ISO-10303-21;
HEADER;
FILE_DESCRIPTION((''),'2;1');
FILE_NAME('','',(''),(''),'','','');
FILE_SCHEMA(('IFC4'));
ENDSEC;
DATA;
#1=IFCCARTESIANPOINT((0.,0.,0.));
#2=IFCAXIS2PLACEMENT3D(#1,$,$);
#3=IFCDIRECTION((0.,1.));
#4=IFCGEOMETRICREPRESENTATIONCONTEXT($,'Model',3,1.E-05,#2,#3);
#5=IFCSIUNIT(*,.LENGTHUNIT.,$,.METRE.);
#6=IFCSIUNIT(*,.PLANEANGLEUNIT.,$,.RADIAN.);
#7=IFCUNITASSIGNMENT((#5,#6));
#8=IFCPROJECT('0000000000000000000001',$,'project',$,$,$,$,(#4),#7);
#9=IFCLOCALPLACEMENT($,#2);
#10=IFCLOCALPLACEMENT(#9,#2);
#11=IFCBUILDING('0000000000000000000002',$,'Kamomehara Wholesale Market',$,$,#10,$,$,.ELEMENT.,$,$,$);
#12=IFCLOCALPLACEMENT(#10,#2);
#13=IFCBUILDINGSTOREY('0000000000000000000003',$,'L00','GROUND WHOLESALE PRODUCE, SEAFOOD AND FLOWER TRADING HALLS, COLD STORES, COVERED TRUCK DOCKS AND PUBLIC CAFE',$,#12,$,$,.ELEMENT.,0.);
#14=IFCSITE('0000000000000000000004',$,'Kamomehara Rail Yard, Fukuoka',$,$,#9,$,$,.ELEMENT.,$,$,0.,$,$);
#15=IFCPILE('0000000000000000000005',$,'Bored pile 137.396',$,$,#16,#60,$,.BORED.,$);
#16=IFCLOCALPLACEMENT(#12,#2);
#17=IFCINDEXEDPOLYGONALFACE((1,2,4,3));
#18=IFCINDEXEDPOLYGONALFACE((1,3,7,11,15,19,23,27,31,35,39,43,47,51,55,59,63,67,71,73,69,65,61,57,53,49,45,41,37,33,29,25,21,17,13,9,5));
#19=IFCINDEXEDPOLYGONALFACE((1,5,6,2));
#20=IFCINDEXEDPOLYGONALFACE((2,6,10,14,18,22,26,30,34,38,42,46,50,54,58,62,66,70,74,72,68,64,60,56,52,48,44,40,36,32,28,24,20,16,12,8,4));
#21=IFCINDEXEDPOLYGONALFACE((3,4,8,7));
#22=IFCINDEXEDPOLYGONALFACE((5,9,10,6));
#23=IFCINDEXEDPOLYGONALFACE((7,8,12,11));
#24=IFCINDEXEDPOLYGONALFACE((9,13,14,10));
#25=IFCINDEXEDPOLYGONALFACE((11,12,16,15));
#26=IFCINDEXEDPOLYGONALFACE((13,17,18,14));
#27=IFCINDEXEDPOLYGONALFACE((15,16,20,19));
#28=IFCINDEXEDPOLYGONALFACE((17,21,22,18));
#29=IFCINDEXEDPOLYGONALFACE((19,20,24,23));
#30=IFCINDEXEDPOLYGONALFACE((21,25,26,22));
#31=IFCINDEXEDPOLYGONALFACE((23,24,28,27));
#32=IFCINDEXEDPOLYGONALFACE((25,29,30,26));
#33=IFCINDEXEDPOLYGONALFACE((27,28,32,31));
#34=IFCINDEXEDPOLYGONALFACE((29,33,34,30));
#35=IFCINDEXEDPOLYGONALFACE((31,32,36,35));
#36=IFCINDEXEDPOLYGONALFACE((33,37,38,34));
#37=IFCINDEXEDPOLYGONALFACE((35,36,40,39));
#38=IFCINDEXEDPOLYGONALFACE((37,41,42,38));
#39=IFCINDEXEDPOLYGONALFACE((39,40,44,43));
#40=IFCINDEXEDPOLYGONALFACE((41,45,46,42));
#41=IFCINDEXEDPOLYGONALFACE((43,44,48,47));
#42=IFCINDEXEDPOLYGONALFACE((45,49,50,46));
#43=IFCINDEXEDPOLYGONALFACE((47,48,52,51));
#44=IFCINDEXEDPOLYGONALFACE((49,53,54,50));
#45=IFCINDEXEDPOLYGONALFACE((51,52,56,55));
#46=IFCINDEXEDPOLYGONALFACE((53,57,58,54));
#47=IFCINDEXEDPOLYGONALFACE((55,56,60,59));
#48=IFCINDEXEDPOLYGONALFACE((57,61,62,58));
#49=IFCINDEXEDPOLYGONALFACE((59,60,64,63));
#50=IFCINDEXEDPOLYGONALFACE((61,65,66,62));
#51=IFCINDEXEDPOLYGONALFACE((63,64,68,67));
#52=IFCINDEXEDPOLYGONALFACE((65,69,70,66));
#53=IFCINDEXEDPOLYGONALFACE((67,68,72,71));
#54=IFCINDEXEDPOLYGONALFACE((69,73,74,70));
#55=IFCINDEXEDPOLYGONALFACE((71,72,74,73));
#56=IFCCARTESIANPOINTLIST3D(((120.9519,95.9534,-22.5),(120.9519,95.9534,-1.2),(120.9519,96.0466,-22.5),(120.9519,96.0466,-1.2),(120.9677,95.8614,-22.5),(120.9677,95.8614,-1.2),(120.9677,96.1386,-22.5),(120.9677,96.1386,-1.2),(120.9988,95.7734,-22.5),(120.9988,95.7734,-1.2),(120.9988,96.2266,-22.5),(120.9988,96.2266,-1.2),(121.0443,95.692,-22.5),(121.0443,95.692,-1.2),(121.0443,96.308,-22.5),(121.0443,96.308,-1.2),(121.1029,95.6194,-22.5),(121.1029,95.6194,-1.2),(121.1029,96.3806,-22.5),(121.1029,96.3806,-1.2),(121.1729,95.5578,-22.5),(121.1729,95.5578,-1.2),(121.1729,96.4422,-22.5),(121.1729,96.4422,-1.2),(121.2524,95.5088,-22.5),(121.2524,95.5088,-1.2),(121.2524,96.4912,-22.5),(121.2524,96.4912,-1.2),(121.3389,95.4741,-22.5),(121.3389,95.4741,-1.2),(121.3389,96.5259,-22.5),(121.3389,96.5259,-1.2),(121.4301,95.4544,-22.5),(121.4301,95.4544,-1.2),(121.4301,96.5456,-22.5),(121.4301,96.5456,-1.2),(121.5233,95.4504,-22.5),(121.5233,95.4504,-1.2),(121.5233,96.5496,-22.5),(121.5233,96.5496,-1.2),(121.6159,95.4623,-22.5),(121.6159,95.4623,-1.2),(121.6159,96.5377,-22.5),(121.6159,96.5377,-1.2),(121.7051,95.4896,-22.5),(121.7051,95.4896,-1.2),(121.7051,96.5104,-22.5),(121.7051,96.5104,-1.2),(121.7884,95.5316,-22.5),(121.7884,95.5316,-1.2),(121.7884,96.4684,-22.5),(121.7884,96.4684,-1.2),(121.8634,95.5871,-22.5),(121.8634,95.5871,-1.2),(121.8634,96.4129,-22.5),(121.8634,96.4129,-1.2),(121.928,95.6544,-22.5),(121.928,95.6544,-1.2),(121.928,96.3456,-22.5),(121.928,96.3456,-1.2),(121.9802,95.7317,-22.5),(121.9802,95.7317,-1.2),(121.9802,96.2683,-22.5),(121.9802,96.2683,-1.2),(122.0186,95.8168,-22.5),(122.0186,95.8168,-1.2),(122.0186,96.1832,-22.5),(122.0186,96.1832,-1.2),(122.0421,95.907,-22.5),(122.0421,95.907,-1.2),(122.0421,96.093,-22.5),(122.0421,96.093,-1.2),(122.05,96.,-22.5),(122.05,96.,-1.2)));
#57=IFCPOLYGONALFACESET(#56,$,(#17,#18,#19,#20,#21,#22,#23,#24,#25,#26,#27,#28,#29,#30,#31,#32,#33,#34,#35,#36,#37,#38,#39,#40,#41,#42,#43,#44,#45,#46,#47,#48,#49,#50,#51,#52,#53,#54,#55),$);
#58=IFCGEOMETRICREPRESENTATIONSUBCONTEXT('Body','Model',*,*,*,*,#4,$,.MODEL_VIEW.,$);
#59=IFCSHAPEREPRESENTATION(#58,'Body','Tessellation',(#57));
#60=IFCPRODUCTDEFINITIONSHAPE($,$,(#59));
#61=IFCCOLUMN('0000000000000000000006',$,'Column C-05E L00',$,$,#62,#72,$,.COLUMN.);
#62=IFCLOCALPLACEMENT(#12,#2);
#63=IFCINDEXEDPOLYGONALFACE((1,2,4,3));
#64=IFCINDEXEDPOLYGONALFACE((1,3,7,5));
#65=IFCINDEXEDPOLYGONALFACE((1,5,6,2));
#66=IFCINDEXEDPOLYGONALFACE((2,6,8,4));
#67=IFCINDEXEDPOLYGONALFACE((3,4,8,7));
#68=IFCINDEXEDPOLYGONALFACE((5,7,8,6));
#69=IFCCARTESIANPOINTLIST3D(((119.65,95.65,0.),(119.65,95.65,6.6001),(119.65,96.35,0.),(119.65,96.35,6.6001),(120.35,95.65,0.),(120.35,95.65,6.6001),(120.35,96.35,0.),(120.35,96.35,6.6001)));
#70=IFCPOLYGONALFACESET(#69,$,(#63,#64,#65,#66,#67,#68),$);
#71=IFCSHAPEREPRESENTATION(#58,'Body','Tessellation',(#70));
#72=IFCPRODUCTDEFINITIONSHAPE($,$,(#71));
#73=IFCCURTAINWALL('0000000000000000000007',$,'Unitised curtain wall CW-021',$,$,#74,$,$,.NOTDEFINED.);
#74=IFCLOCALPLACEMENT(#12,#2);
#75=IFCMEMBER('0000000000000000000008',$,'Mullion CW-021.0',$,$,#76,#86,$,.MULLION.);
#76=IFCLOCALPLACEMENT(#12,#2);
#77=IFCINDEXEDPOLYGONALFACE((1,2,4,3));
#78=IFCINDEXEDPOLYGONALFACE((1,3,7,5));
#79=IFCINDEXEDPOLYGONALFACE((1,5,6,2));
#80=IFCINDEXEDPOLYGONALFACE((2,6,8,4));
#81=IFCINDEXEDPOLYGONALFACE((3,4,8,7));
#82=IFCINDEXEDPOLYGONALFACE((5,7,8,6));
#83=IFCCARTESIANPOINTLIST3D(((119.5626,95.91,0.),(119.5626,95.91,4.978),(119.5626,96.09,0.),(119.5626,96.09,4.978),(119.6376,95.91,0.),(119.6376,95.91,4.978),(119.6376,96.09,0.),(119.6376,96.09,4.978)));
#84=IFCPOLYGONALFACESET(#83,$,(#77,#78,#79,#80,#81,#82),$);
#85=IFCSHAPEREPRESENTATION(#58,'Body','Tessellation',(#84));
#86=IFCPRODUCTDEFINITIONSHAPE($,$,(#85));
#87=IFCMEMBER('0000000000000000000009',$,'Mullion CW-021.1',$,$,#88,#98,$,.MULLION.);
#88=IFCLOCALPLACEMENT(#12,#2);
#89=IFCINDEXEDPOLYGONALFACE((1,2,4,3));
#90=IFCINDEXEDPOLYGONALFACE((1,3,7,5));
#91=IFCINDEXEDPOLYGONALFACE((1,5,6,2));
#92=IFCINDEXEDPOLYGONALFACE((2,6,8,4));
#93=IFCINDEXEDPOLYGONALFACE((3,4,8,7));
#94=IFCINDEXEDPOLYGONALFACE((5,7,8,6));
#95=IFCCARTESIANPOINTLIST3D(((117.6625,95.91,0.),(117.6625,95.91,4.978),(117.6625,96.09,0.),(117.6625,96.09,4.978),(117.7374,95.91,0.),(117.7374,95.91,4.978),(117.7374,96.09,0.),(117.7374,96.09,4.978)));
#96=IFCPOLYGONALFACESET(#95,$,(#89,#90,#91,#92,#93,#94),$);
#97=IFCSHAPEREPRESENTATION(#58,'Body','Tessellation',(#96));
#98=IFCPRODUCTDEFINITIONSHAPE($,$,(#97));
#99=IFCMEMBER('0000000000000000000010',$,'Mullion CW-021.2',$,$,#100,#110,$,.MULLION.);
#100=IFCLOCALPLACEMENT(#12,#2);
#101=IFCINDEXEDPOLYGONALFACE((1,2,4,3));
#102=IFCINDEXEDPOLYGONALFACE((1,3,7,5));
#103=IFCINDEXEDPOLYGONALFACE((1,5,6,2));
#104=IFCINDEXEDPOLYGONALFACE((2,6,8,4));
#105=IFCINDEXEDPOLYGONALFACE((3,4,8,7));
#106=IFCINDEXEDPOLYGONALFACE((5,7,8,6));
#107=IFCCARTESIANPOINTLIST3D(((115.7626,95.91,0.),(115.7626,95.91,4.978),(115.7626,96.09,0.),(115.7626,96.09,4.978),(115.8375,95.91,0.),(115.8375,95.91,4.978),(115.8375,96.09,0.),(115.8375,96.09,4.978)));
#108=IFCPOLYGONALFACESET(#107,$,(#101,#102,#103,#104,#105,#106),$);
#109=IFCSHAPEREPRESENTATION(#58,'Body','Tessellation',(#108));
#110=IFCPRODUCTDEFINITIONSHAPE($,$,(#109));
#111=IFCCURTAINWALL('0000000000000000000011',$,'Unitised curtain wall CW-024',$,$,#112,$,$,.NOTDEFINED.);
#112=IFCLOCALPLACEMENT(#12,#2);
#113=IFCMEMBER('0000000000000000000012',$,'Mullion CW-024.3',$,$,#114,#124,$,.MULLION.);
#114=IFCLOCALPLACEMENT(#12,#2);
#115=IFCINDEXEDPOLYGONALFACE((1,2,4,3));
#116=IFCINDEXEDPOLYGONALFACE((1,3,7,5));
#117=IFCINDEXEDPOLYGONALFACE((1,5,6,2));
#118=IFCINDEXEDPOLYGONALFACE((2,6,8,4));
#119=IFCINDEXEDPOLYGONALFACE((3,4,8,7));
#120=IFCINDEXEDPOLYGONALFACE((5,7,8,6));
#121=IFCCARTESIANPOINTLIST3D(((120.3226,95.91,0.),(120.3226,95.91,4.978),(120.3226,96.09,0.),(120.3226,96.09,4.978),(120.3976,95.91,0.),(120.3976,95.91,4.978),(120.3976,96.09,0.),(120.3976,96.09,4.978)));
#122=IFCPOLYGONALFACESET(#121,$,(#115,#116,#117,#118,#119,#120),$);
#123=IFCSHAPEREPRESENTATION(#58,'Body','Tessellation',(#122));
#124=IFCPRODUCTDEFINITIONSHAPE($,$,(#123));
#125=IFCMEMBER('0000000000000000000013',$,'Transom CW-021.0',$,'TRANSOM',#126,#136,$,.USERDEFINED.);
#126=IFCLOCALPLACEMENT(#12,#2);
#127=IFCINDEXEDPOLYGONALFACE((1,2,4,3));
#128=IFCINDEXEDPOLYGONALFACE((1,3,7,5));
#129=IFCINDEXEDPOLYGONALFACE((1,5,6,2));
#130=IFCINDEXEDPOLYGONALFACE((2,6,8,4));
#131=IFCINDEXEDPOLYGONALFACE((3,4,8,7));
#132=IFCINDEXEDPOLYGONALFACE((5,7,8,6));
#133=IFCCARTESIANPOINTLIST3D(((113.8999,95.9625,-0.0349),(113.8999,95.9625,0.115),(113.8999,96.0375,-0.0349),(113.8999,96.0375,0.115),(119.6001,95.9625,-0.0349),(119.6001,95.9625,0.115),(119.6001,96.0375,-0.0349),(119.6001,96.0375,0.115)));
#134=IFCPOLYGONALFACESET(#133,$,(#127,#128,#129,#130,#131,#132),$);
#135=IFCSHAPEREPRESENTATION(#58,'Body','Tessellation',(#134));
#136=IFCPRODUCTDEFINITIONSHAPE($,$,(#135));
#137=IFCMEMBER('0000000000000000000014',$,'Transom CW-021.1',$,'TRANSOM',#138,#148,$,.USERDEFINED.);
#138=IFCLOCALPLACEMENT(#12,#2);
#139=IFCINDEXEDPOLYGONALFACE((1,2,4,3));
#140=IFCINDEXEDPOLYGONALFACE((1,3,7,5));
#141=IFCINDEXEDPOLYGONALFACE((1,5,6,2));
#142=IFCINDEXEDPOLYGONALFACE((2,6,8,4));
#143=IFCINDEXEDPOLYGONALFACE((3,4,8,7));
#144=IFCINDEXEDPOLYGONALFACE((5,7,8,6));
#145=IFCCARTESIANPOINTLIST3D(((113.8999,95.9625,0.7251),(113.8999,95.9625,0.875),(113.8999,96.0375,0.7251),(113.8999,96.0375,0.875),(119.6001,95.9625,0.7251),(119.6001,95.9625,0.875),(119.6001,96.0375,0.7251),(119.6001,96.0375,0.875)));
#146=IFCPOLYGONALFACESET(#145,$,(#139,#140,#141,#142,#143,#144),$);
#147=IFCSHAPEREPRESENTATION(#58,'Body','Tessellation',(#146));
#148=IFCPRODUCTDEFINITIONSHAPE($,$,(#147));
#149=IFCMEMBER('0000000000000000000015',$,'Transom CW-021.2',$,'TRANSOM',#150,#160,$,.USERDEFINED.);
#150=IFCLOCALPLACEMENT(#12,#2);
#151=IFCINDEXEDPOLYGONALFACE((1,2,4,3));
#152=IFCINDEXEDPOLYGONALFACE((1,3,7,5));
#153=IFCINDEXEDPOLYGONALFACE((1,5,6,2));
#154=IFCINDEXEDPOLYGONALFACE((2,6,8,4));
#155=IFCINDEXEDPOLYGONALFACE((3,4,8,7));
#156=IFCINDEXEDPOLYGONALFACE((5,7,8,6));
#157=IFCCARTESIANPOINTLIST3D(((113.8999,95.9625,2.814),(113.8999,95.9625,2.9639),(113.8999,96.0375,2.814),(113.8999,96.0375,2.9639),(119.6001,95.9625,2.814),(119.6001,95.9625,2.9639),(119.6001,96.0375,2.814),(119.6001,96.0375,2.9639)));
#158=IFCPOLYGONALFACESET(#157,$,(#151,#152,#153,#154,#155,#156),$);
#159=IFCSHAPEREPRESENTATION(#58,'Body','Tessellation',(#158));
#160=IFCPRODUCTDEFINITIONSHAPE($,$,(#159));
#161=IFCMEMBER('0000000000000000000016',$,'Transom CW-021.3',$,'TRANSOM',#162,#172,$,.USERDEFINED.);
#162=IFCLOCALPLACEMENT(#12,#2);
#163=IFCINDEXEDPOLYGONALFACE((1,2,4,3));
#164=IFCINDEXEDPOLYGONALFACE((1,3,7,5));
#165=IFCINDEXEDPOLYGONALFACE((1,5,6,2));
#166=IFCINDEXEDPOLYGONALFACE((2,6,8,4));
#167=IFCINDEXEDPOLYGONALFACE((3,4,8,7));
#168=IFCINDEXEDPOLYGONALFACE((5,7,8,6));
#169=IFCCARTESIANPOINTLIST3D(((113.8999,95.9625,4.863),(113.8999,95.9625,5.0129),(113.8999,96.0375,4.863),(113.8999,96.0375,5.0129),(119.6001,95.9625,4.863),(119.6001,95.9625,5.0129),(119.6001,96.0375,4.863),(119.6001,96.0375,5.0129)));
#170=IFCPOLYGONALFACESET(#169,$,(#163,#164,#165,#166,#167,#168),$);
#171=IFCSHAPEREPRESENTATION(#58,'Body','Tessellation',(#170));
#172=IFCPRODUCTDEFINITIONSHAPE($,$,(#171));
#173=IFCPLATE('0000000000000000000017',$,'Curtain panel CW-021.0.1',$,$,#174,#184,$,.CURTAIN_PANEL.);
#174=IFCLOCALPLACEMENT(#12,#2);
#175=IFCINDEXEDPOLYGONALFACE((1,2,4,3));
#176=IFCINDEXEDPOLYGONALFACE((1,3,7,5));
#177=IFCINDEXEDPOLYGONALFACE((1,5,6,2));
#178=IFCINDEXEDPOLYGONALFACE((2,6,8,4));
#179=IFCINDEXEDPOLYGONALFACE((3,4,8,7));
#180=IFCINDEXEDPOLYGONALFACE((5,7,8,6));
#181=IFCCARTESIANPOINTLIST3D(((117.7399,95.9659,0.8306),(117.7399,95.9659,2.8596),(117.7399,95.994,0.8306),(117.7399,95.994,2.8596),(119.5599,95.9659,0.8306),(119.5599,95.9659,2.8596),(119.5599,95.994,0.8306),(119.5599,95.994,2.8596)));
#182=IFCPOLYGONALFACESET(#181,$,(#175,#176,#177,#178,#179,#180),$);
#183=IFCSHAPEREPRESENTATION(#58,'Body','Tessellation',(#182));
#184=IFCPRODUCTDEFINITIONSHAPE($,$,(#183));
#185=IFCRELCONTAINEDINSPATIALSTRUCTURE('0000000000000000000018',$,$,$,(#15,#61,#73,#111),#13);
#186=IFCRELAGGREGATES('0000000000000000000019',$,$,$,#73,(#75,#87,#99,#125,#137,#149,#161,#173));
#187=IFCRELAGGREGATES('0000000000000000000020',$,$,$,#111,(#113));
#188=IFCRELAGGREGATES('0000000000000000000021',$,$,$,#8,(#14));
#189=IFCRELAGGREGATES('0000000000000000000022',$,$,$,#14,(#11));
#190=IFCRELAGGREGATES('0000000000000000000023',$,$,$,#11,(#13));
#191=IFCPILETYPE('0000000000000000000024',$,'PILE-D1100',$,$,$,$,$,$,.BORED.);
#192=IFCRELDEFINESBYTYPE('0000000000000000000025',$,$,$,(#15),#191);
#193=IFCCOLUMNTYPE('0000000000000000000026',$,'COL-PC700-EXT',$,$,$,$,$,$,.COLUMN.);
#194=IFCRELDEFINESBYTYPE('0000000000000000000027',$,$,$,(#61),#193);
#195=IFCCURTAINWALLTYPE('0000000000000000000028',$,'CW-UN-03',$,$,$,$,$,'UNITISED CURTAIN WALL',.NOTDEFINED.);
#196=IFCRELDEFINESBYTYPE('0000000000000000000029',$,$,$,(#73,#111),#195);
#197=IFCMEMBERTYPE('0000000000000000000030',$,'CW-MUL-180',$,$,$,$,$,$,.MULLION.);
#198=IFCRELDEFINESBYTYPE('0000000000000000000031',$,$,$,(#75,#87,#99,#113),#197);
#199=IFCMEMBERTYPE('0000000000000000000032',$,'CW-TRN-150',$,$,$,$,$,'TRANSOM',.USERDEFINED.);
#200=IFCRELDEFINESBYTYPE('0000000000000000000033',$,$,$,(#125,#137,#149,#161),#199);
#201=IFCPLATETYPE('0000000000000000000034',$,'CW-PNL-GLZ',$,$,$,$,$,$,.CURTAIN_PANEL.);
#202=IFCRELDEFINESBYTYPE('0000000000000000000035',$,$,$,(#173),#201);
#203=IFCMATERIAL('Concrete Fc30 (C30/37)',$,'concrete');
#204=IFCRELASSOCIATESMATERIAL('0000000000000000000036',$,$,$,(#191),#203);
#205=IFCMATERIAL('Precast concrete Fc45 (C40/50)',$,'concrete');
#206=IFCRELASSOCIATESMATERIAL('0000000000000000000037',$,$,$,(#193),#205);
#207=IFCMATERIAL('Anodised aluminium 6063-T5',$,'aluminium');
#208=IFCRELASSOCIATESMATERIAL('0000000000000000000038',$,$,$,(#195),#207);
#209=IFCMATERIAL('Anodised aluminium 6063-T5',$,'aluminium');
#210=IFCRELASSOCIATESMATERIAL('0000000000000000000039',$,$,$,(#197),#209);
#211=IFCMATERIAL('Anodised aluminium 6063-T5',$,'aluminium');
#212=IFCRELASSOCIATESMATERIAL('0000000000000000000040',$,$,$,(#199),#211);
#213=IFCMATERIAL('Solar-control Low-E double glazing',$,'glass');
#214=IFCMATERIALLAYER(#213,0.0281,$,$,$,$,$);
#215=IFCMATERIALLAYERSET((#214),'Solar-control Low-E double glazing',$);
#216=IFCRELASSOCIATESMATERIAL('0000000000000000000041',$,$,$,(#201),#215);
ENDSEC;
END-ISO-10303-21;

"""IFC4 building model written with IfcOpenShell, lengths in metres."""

from ifc_helpers import new_model, si_unit, direction, frame, origin, origin_2d, place, context, subcontext, project, spatial, rectangle, circle, extrude, material, layer, layer_set, material_profile, profile_set, type_object, element, aggregate, save


model = new_model("IFC4")

# Units and contexts
model_context = context("Model", 3, precision=1e-05, world=origin(), true_north=direction((0.0, 1.0)))
body_context = subcontext(model_context, "Body", "Model", "MODEL_VIEW")
ifc_project = project(units=[si_unit("LENGTHUNIT", "METRE"), si_unit("PLANEANGLEUNIT", "RADIAN")], contexts=[model_context])

# Site, building, storey
site_placement = place(None, origin())
site = spatial("IfcSite", under=ifc_project, at=site_placement, Name="Kamomehara Rail Yard, Fukuoka", CompositionType="ELEMENT", RefElevation=0.0)
building_placement = place(site_placement, origin())
building = spatial("IfcBuilding", under=site, at=building_placement, Name="Kamomehara Wholesale Market", CompositionType="ELEMENT")
storey_placement = place(building_placement, origin())
storey = spatial("IfcBuildingStorey", under=building, at=storey_placement, Name="L00", Description="GROUND WHOLESALE PRODUCE, SEAFOOD AND FLOWER TRADING HALLS, COLD STORES, COVERED TRUCK DOCKS AND PUBLIC CAFE", CompositionType="ELEMENT", Elevation=0.0)

# Pile
ifc_material_1 = material(Name="Concrete Fc30 (C30/37)", Category="concrete")
ifc_material_profile_1 = material_profile(ifc_material_1, circle(Radius=0.55, at=origin_2d()), Name="RC-PILE-D1100")
ifc_profile_set_1 = profile_set([ifc_material_profile_1], Name="Concrete Fc30 (C30/37)")
pile_type_1 = type_object("IfcPileType", Name="PILE-D1100", PredefinedType="BORED", material=ifc_profile_set_1)
for number, where, z_axis, x_axis, name in (
    (1, (121.5, 96.0, -1.2), (0.0, 0.0, -1.0), (1.0, 0.0, 0.0), "Bored pile 137.396"),
):
    element("IfcPile", number, at=place(storey_placement, frame(where, z_axis=z_axis, x_axis=x_axis)), inside=storey, type_object=pile_type_1, Name=name, PredefinedType="BORED", context=body_context, shape_type="SweptSolid", body=[
        extrude(circle(Radius=0.55, at=origin_2d()), origin(), (0.0, 0.0, 1.0), 21.3),
    ])

# Column
ifc_material_2 = material(Name="Precast concrete Fc45 (C40/50)", Category="concrete")
ifc_material_profile_2 = material_profile(ifc_material_2, rectangle(XDim=0.7, YDim=0.7, at=origin_2d()), Name="PC-COL-700x700")
ifc_profile_set_2 = profile_set([ifc_material_profile_2], Name="Precast concrete Fc45 (C40/50)")
column_type = type_object("IfcColumnType", Name="COL-PC700-EXT", PredefinedType="COLUMN", material=ifc_profile_set_2)
column_placement = place(storey_placement, frame((120.0, 96.0, 0.0), z_axis=(0.0, 0.0, 1.0), x_axis=(1.0, 0.0, 0.0)))
element("IfcColumn", 2, at=column_placement, inside=storey, type_object=column_type, Name="Column C-05E L00", PredefinedType="COLUMN", context=body_context, shape_type="SweptSolid", body=[
    extrude(rectangle(XDim=0.7, YDim=0.7, at=origin_2d()), origin(), (0.0, 0.0, 1.0), 6.6001),
])

# Curtain wall, members
ifc_material_3 = material(Name="Anodised aluminium 6063-T5", Category="aluminium")
curtain_wall_type = type_object("IfcCurtainWallType", Name="CW-UN-03", ElementType="UNITISED CURTAIN WALL", PredefinedType="NOTDEFINED", material=ifc_material_3)
curtain_wall_1_placement = place(storey_placement, origin())
curtain_wall_1 = element("IfcCurtainWall", 3, at=curtain_wall_1_placement, inside=storey, type_object=curtain_wall_type, Name="Unitised curtain wall CW-021", PredefinedType="NOTDEFINED")
ifc_material_4 = material(Name="Anodised aluminium 6063-T5", Category="aluminium")
ifc_material_profile_3 = material_profile(ifc_material_4, rectangle(XDim=0.075, YDim=0.1799, at=origin_2d()), Name="ALU-MUL-75x180")
ifc_profile_set_3 = profile_set([ifc_material_profile_3], Name="Anodised aluminium 6063-T5")
member_type_1 = type_object("IfcMemberType", Name="CW-MUL-180", PredefinedType="MULLION", material=ifc_profile_set_3)
member_1_placement = place(storey_placement, frame((119.6001, 96.0, 0.0), z_axis=(0.0, 0.0, 1.0), x_axis=(-1.0, 0.0, 0.0)))
member_1 = element("IfcMember", 4, at=member_1_placement, type_object=member_type_1, Name="Mullion CW-021.0", PredefinedType="MULLION", context=body_context, shape_type="SweptSolid", body=[
    extrude(rectangle(XDim=0.075, YDim=0.1799, at=origin_2d()), origin(), (0.0, 0.0, 1.0), 4.978),
])
member_2_placement = place(storey_placement, frame((117.7, 96.0, 0.0), z_axis=(0.0, 0.0, 1.0), x_axis=(-1.0, 0.0, 0.0)))
member_2 = element("IfcMember", 5, at=member_2_placement, type_object=member_type_1, Name="Mullion CW-021.1", PredefinedType="MULLION", context=body_context, shape_type="SweptSolid", body=[
    extrude(rectangle(XDim=0.075, YDim=0.1799, at=origin_2d()), origin(), (0.0, 0.0, 1.0), 4.978),
])
member_3_placement = place(storey_placement, frame((115.8, 96.0, 0.0), z_axis=(0.0, 0.0, 1.0), x_axis=(-1.0, 0.0, 0.0)))
member_3 = element("IfcMember", 6, at=member_3_placement, type_object=member_type_1, Name="Mullion CW-021.2", PredefinedType="MULLION", context=body_context, shape_type="SweptSolid", body=[
    extrude(rectangle(XDim=0.075, YDim=0.1799, at=origin_2d()), origin(), (0.0, 0.0, 1.0), 4.978),
])

# Curtain wall, member
curtain_wall_2_placement = place(storey_placement, origin())
curtain_wall_2 = element("IfcCurtainWall", 7, at=curtain_wall_2_placement, inside=storey, type_object=curtain_wall_type, Name="Unitised curtain wall CW-024", PredefinedType="NOTDEFINED")
member_4_placement = place(storey_placement, frame((120.3601, 96.0, 0.0), z_axis=(0.0, 0.0, 1.0), x_axis=(-1.0, 0.0, 0.0)))
member_4 = element("IfcMember", 8, at=member_4_placement, type_object=member_type_1, Name="Mullion CW-024.3", PredefinedType="MULLION", context=body_context, shape_type="SweptSolid", body=[
    extrude(rectangle(XDim=0.075, YDim=0.1799, at=origin_2d()), origin(), (0.0, 0.0, 1.0), 4.978),
])

# Members
ifc_material_5 = material(Name="Anodised aluminium 6063-T5", Category="aluminium")
ifc_material_profile_4 = material_profile(ifc_material_5, rectangle(XDim=0.075, YDim=0.1499, at=origin_2d()), Name="ALU-TRN-75x150")
ifc_profile_set_4 = profile_set([ifc_material_profile_4], Name="Anodised aluminium 6063-T5")
member_type_2 = type_object("IfcMemberType", Name="CW-TRN-150", ElementType="TRANSOM", PredefinedType="USERDEFINED", material=ifc_profile_set_4)
member_5_placement = place(storey_placement, frame((119.6001, 96.0, 0.04), z_axis=(-1.0, 0.0, 0.0), x_axis=(0.0, -1.0, 0.0)))
member_5 = element("IfcMember", 9, at=member_5_placement, type_object=member_type_2, Name="Transom CW-021.0", ObjectType="TRANSOM", PredefinedType="USERDEFINED", context=body_context, shape_type="SweptSolid", body=[
    extrude(rectangle(XDim=0.075, YDim=0.1499, at=origin_2d()), origin(), (0.0, 0.0, 1.0), 5.7002),
])
member_6_placement = place(storey_placement, frame((119.6001, 96.0, 0.8), z_axis=(-1.0, 0.0, 0.0), x_axis=(0.0, -1.0, 0.0)))
member_6 = element("IfcMember", 10, at=member_6_placement, type_object=member_type_2, Name="Transom CW-021.1", ObjectType="TRANSOM", PredefinedType="USERDEFINED", context=body_context, shape_type="SweptSolid", body=[
    extrude(rectangle(XDim=0.075, YDim=0.1499, at=origin_2d()), origin(), (0.0, 0.0, 1.0), 5.7002),
])
member_7_placement = place(storey_placement, frame((119.6001, 96.0, 2.8889), z_axis=(-1.0, 0.0, 0.0), x_axis=(0.0, -1.0, 0.0)))
member_7 = element("IfcMember", 11, at=member_7_placement, type_object=member_type_2, Name="Transom CW-021.2", ObjectType="TRANSOM", PredefinedType="USERDEFINED", context=body_context, shape_type="SweptSolid", body=[
    extrude(rectangle(XDim=0.075, YDim=0.1499, at=origin_2d()), origin(), (0.0, 0.0, 1.0), 5.7002),
])
member_8_placement = place(storey_placement, frame((119.6001, 96.0, 4.938), z_axis=(-1.0, 0.0, 0.0), x_axis=(0.0, -1.0, 0.0)))
member_8 = element("IfcMember", 12, at=member_8_placement, type_object=member_type_2, Name="Transom CW-021.3", ObjectType="TRANSOM", PredefinedType="USERDEFINED", context=body_context, shape_type="SweptSolid", body=[
    extrude(rectangle(XDim=0.075, YDim=0.1499, at=origin_2d()), origin(), (0.0, 0.0, 1.0), 5.7002),
])

# Plate
ifc_material_6 = material(Name="Solar-control Low-E double glazing", Category="glass")
ifc_layer_1 = layer(ifc_material_6, 0.0281)
ifc_layer_set_1 = layer_set([ifc_layer_1], Name="Solar-control Low-E double glazing")
plate_type_1 = type_object("IfcPlateType", Name="CW-PNL-GLZ", PredefinedType="CURTAIN_PANEL", material=ifc_layer_set_1)
plate_1_placement = place(storey_placement, frame((118.6499, 95.98, 0.8306), z_axis=(0.0, 0.0, 1.0), x_axis=(-1.0, 0.0, 0.0)))
plate_1 = element("IfcPlate", 13, at=plate_1_placement, type_object=plate_type_1, Name="Curtain panel CW-021.0.1", PredefinedType="CURTAIN_PANEL", context=body_context, shape_type="SweptSolid", body=[
    extrude(rectangle(XDim=1.8201, YDim=0.0281, at=origin_2d()), origin(), (0.0, 0.0, 1.0), 2.0291),
])
aggregate(curtain_wall_1, [member_1, member_2, member_3, member_5, member_6, member_7, member_8, plate_1])
aggregate(curtain_wall_2, [member_4])

save(model, "model.ifc")
